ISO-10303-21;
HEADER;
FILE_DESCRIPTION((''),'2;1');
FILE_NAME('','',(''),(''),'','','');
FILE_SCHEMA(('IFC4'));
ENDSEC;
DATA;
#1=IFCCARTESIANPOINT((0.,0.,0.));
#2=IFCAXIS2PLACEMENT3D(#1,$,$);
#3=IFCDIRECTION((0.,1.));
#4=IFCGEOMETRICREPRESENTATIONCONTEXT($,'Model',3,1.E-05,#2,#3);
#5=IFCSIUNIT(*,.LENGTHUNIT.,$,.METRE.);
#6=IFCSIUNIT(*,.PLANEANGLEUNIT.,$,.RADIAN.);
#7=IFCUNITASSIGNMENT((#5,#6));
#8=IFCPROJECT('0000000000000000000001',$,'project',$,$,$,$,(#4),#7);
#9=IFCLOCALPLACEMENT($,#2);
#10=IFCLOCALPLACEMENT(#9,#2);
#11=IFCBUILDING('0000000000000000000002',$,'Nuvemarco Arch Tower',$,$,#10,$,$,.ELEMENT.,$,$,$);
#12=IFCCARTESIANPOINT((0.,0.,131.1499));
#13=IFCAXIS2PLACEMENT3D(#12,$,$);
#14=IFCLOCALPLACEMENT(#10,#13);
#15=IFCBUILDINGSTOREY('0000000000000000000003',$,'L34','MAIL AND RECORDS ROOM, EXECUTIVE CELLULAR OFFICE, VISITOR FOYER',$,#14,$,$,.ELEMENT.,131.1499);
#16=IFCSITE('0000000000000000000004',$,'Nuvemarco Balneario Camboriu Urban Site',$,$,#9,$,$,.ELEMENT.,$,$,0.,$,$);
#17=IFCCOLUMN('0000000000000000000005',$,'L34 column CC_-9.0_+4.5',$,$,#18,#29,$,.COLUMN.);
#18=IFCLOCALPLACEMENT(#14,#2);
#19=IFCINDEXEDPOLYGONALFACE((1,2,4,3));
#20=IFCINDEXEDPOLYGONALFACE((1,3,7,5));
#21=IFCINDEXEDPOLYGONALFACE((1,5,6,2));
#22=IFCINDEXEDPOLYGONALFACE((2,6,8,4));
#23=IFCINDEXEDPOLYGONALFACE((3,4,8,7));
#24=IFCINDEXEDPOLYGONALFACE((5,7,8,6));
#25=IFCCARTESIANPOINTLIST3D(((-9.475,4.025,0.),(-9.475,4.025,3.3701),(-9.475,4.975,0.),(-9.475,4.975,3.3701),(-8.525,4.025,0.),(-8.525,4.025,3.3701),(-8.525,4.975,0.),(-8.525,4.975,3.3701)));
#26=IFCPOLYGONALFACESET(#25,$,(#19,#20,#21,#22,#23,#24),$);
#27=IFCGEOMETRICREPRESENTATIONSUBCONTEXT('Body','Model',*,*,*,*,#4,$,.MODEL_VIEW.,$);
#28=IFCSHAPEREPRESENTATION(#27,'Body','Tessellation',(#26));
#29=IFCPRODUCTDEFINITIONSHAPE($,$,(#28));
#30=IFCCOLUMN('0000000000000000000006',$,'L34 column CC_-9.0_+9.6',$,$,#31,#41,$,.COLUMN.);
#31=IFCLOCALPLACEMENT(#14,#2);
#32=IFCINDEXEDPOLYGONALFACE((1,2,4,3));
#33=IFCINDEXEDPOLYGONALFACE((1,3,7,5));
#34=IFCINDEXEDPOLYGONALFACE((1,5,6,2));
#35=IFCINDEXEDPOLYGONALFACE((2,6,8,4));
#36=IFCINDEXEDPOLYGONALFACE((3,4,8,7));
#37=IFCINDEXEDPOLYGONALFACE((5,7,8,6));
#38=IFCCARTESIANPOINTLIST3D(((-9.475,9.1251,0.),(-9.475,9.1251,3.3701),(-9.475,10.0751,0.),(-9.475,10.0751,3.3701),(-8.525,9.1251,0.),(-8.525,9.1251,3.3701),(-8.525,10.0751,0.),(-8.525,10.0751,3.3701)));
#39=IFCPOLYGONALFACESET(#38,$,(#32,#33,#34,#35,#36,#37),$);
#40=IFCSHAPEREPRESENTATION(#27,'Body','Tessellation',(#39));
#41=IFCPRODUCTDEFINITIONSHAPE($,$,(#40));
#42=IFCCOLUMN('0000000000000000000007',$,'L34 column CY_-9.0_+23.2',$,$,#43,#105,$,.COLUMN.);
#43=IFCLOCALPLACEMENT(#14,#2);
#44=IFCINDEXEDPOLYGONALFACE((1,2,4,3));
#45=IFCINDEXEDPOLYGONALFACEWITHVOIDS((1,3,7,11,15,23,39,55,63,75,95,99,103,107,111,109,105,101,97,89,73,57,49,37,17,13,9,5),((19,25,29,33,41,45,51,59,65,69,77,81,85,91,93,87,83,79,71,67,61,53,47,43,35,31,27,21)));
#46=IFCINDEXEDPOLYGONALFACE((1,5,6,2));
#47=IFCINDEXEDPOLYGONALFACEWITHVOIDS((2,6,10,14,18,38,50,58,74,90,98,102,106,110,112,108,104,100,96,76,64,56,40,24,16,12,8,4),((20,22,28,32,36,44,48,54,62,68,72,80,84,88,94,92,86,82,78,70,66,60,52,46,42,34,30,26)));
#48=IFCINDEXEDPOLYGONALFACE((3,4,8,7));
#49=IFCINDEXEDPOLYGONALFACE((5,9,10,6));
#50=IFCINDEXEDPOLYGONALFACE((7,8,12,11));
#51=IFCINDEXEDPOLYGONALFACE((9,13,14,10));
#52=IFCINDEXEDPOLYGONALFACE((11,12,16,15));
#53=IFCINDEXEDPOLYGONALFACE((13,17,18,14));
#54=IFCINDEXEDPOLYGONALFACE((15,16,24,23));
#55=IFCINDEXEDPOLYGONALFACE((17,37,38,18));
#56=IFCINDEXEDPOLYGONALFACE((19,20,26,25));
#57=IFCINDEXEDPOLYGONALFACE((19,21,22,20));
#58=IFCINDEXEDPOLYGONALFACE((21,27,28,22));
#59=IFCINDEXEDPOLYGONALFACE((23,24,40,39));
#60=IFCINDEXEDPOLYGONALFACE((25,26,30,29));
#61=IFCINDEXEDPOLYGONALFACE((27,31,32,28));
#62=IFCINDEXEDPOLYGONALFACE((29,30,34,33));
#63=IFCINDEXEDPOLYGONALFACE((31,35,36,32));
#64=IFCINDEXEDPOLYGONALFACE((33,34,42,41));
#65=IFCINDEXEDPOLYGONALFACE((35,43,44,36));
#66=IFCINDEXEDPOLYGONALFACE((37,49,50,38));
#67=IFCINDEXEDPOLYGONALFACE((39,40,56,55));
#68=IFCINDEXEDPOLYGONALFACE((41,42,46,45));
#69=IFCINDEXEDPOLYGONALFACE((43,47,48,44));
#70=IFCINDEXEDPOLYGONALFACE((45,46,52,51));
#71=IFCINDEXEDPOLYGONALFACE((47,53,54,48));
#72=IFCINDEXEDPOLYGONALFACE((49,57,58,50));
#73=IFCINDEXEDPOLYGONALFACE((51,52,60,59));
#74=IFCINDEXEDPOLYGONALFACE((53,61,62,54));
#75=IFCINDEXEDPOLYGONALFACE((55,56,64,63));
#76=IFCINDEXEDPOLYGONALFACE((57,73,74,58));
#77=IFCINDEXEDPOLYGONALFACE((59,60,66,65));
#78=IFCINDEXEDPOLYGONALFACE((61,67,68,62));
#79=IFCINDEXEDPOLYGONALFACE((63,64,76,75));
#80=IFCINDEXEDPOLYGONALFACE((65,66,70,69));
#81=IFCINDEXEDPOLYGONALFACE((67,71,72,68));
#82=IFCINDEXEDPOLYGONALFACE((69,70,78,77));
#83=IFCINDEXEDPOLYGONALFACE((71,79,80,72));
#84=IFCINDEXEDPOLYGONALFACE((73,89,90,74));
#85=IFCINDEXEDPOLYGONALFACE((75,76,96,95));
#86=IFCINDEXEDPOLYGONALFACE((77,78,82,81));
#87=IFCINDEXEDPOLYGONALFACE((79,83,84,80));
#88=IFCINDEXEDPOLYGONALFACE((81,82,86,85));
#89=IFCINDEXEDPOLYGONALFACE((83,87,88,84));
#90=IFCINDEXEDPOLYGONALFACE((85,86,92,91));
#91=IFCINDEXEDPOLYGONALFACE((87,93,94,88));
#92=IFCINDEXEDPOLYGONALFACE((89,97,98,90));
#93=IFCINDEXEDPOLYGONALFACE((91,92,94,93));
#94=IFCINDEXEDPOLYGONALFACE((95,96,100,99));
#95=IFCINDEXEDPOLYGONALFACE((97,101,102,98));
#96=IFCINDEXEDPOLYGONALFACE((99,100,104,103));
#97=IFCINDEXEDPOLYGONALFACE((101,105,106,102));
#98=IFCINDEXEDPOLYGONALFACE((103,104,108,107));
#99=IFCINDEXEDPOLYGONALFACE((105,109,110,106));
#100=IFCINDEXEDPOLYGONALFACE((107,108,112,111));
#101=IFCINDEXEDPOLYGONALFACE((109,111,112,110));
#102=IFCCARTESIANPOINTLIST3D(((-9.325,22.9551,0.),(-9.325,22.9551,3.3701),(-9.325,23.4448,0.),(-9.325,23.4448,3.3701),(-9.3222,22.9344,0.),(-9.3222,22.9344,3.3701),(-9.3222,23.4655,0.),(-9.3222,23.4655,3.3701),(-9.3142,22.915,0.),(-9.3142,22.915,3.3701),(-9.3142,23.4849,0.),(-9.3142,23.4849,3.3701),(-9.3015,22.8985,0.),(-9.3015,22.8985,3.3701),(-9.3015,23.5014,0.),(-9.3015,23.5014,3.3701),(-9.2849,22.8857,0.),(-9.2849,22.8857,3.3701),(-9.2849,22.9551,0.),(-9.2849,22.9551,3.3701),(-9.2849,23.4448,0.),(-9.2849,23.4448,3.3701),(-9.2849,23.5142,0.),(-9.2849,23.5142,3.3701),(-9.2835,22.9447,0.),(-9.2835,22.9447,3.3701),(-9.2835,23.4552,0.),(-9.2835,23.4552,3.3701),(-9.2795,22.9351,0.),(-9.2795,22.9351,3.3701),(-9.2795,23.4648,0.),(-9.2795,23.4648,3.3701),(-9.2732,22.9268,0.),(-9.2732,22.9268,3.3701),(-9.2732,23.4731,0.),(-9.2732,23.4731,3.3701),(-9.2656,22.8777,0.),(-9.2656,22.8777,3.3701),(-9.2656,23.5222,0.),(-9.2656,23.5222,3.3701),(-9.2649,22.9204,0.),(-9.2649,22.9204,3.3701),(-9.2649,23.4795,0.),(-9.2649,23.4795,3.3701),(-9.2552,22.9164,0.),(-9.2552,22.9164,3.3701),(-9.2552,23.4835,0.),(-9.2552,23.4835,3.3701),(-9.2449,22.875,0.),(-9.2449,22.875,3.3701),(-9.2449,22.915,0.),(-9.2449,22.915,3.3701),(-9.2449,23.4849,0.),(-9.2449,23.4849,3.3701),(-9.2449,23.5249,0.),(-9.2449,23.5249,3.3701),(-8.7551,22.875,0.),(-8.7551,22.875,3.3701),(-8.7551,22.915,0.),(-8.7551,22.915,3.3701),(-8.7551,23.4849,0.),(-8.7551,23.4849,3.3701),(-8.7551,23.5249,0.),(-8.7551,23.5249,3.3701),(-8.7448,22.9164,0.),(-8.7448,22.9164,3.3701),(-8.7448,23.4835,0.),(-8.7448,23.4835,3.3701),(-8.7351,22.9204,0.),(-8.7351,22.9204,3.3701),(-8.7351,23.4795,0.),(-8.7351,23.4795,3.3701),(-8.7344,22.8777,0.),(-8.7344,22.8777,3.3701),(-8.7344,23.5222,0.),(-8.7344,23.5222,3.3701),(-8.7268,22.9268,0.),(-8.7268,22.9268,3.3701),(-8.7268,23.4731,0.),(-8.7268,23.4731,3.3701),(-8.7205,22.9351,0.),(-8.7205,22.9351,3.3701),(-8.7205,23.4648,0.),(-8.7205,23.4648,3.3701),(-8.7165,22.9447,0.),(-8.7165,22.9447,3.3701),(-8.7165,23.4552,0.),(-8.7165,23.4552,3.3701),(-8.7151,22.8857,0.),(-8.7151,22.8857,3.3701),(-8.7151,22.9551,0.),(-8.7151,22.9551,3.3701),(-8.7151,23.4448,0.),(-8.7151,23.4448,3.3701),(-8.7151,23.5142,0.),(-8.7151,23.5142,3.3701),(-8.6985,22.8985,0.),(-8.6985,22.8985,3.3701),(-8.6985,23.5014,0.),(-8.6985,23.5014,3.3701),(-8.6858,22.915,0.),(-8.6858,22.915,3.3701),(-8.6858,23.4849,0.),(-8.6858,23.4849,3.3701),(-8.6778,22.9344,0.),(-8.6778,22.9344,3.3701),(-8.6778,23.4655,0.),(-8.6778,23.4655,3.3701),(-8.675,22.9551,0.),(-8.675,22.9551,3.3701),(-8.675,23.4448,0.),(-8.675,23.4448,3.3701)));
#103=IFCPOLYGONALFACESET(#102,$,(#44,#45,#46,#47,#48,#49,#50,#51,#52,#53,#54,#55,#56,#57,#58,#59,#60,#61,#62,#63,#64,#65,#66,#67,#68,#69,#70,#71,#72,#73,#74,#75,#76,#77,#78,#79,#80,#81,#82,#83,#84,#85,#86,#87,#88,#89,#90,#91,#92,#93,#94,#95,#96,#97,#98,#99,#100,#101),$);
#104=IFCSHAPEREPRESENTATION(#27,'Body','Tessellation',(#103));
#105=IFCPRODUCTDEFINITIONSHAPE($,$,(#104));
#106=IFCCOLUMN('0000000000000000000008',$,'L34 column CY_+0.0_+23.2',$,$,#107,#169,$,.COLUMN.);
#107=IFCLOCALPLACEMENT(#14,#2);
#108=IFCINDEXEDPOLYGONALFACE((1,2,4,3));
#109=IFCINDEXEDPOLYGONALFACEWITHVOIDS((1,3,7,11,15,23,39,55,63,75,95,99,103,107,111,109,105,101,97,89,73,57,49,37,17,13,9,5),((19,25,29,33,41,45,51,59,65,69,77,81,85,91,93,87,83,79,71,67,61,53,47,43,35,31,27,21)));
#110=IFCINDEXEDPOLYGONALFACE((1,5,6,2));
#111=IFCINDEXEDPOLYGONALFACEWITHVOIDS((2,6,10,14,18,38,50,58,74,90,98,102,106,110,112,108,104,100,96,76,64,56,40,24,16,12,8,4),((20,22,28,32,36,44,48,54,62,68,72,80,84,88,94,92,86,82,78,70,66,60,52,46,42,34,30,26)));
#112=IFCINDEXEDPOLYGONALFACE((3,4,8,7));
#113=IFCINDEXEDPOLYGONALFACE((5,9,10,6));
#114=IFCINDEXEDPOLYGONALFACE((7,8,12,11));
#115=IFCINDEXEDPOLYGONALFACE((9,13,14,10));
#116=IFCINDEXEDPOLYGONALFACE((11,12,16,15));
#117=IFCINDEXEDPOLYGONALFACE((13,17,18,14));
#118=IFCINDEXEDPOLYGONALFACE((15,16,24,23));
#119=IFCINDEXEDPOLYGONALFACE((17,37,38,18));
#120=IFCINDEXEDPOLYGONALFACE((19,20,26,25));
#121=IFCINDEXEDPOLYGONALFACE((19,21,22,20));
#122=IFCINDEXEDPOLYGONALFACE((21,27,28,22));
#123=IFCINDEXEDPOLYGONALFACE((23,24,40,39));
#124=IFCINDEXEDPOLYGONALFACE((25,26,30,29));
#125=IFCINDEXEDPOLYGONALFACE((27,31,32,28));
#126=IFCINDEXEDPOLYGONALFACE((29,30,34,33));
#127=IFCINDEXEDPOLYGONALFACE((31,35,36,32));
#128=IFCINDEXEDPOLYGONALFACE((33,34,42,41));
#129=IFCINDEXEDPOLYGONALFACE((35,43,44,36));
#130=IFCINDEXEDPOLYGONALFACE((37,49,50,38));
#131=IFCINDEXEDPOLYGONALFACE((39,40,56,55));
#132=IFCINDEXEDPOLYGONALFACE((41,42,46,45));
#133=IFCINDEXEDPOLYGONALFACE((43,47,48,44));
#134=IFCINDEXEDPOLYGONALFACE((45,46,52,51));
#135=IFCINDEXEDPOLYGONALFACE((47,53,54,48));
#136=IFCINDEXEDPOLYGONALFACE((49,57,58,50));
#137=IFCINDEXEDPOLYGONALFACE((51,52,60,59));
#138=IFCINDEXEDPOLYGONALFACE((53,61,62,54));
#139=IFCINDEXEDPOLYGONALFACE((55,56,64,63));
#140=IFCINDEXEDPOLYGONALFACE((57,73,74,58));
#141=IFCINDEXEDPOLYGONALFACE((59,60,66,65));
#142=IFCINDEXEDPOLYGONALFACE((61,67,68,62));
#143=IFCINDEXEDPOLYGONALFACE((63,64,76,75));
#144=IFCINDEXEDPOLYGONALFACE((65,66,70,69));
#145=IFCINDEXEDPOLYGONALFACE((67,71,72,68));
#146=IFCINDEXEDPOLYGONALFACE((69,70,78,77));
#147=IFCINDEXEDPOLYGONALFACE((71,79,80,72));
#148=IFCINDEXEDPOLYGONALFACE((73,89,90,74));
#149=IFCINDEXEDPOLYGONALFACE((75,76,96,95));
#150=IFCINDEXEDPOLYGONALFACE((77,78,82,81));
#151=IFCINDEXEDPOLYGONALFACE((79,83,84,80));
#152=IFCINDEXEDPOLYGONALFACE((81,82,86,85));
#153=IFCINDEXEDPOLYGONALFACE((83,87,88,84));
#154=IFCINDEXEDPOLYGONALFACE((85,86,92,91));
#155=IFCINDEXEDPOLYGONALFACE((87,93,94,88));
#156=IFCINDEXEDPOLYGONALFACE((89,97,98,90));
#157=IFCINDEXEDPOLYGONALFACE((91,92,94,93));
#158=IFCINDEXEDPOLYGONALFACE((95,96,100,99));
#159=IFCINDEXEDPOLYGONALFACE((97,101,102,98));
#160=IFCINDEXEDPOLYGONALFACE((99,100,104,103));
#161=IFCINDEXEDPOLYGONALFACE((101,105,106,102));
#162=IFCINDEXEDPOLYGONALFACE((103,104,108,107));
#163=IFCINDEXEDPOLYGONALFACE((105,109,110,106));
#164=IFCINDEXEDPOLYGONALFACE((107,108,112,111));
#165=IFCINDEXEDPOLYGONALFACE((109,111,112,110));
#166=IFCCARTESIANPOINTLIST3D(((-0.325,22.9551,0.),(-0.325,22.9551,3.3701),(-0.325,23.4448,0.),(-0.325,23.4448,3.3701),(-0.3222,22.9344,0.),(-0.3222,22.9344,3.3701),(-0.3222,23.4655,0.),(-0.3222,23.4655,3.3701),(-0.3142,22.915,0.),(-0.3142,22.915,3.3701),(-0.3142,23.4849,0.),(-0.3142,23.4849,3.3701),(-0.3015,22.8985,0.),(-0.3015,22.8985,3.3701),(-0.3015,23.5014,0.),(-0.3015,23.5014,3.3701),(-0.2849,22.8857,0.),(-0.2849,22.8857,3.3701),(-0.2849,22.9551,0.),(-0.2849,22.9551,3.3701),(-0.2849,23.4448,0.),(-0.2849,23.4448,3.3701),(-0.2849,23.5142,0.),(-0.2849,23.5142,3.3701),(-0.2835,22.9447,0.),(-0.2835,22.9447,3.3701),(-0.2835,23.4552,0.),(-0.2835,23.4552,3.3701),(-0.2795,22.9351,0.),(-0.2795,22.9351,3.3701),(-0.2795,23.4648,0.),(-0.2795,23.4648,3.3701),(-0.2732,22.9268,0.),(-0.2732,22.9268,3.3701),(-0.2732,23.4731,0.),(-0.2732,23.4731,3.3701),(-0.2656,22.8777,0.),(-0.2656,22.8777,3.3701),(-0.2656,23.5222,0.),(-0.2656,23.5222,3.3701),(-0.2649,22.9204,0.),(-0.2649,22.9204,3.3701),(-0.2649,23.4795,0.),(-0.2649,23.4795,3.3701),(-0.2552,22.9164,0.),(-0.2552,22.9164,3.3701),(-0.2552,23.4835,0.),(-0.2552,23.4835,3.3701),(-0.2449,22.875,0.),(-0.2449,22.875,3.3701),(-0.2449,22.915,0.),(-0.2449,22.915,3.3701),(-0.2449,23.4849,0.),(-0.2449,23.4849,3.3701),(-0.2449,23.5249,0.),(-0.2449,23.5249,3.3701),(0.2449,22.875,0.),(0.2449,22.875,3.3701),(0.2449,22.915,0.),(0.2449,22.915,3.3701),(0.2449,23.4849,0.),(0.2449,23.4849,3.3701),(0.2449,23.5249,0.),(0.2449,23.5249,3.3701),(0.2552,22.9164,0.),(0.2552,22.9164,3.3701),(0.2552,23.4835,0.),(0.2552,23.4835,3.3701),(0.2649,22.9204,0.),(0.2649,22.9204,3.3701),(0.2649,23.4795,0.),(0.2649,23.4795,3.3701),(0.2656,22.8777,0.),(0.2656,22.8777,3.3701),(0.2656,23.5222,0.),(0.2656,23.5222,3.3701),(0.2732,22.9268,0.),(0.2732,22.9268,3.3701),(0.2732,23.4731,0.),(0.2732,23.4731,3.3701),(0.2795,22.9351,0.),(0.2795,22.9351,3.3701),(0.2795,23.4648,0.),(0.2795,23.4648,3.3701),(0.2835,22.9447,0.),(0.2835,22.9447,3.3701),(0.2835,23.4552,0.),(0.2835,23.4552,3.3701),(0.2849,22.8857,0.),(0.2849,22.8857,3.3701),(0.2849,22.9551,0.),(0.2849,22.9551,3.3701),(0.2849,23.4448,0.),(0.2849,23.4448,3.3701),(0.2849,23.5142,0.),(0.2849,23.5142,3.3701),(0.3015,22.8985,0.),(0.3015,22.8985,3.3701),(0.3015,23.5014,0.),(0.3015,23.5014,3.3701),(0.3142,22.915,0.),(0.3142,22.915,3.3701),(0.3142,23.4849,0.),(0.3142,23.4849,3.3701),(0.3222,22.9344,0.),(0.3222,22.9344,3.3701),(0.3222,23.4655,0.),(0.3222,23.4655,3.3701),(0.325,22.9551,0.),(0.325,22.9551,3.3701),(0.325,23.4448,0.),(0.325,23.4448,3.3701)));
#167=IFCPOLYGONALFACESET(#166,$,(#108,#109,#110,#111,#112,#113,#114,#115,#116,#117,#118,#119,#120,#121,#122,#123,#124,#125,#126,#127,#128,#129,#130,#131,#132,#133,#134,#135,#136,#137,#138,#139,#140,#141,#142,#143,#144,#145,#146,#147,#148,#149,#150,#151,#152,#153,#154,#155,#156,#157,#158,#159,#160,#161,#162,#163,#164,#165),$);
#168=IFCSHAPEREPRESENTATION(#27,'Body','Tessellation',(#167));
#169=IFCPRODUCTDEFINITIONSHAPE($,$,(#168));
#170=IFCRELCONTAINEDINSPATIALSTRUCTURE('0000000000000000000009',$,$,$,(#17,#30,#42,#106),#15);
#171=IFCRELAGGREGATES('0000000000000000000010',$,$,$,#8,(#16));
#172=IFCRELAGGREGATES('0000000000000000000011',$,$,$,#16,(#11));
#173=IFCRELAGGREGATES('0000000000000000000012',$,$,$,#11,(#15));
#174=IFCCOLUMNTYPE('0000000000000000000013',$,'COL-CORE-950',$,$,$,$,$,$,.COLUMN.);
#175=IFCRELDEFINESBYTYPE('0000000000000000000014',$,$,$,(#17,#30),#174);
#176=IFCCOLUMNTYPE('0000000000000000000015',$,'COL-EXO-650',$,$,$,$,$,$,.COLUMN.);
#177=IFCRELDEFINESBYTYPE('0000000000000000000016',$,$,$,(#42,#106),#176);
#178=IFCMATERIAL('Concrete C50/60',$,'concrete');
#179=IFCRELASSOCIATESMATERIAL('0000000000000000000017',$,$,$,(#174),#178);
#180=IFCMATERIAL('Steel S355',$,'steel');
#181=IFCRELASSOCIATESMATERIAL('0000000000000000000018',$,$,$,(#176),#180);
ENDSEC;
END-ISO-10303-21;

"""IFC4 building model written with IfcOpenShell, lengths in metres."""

from ifc_helpers import new_model, si_unit, direction, frame, origin, origin_2d, place, context, subcontext, project, spatial, rectangle, hollow_rectangle, extrude, material, material_profile, profile_set, type_object, element, save


model = new_model("IFC4")

# Units and contexts
model_context = context("Model", 3, precision=1e-05, world=origin(), true_north=direction((0.0, 1.0)))
body_context = subcontext(model_context, "Body", "Model", "MODEL_VIEW")
ifc_project = project(units=[si_unit("LENGTHUNIT", "METRE"), si_unit("PLANEANGLEUNIT", "RADIAN")], contexts=[model_context])

# Site, building, storey
site_placement = place(None, origin())
site = spatial("IfcSite", under=ifc_project, at=site_placement, Name="Nuvemarco Balneario Camboriu Urban Site", CompositionType="ELEMENT", RefElevation=0.0)
building_placement = place(site_placement, origin())
building = spatial("IfcBuilding", under=site, at=building_placement, Name="Nuvemarco Arch Tower", CompositionType="ELEMENT")
storey_placement = place(building_placement, frame((0.0, 0.0, 131.1499)))
storey = spatial("IfcBuildingStorey", under=building, at=storey_placement, Name="L34", Description="MAIL AND RECORDS ROOM, EXECUTIVE CELLULAR OFFICE, VISITOR FOYER", CompositionType="ELEMENT", Elevation=131.1499)

# Columns
ifc_material_1 = material(Name="Concrete C50/60", Category="concrete")
ifc_material_profile_1 = material_profile(ifc_material_1, rectangle(XDim=0.95, YDim=0.95, at=origin_2d()), Name="RC-COL-950x950")
ifc_profile_set_1 = profile_set([ifc_material_profile_1], Name="Concrete C50/60")
column_type_1 = type_object("IfcColumnType", Name="COL-CORE-950", PredefinedType="COLUMN", material=ifc_profile_set_1)
for number, where, z_axis, x_axis, name in (
    (1, (-9.0, 4.5, 0.0), (0.0, 0.0, 1.0), (1.0, 0.0, 0.0), "L34 column CC_-9.0_+4.5"),
    (2, (-9.0, 9.6001, 0.0), (0.0, 0.0, 1.0), (1.0, 0.0, 0.0), "L34 column CC_-9.0_+9.6"),
):
    element("IfcColumn", number, at=place(storey_placement, frame(where, z_axis=z_axis, x_axis=x_axis)), inside=storey, type_object=column_type_1, Name=name, PredefinedType="COLUMN", context=body_context, shape_type="SweptSolid", body=[
        extrude(rectangle(XDim=0.95, YDim=0.95, at=origin_2d()), origin(), (0.0, 0.0, 1.0), 3.3701),
    ])
ifc_material_2 = material(Name="Steel S355", Category="steel")
ifc_material_profile_2 = material_profile(ifc_material_2, hollow_rectangle(XDim=0.6499, YDim=0.6499, WallThickness=0.04, InnerFilletRadius=0.04, OuterFilletRadius=0.0801, at=origin_2d()), Name="SHS650x650x40")
ifc_profile_set_2 = profile_set([ifc_material_profile_2], Name="Steel S355")
column_type_2 = type_object("IfcColumnType", Name="COL-EXO-650", PredefinedType="COLUMN", material=ifc_profile_set_2)
for number, where, z_axis, x_axis, name in (
    (3, (-9.0, 23.2, 0.0), (0.0, 0.0, 1.0), (1.0, 0.0, 0.0), "L34 column CY_-9.0_+23.2"),
    (4, (0.0, 23.2, 0.0), (0.0, 0.0, 1.0), (1.0, 0.0, 0.0), "L34 column CY_+0.0_+23.2"),
):
    element("IfcColumn", number, at=place(storey_placement, frame(where, z_axis=z_axis, x_axis=x_axis)), inside=storey, type_object=column_type_2, Name=name, PredefinedType="COLUMN", context=body_context, shape_type="SweptSolid", body=[
        extrude(hollow_rectangle(XDim=0.6499, YDim=0.6499, WallThickness=0.04, InnerFilletRadius=0.04, OuterFilletRadius=0.0801, at=origin_2d()), origin(), (0.0, 0.0, 1.0), 3.3701),
    ])

save(model, "model.ifc")
